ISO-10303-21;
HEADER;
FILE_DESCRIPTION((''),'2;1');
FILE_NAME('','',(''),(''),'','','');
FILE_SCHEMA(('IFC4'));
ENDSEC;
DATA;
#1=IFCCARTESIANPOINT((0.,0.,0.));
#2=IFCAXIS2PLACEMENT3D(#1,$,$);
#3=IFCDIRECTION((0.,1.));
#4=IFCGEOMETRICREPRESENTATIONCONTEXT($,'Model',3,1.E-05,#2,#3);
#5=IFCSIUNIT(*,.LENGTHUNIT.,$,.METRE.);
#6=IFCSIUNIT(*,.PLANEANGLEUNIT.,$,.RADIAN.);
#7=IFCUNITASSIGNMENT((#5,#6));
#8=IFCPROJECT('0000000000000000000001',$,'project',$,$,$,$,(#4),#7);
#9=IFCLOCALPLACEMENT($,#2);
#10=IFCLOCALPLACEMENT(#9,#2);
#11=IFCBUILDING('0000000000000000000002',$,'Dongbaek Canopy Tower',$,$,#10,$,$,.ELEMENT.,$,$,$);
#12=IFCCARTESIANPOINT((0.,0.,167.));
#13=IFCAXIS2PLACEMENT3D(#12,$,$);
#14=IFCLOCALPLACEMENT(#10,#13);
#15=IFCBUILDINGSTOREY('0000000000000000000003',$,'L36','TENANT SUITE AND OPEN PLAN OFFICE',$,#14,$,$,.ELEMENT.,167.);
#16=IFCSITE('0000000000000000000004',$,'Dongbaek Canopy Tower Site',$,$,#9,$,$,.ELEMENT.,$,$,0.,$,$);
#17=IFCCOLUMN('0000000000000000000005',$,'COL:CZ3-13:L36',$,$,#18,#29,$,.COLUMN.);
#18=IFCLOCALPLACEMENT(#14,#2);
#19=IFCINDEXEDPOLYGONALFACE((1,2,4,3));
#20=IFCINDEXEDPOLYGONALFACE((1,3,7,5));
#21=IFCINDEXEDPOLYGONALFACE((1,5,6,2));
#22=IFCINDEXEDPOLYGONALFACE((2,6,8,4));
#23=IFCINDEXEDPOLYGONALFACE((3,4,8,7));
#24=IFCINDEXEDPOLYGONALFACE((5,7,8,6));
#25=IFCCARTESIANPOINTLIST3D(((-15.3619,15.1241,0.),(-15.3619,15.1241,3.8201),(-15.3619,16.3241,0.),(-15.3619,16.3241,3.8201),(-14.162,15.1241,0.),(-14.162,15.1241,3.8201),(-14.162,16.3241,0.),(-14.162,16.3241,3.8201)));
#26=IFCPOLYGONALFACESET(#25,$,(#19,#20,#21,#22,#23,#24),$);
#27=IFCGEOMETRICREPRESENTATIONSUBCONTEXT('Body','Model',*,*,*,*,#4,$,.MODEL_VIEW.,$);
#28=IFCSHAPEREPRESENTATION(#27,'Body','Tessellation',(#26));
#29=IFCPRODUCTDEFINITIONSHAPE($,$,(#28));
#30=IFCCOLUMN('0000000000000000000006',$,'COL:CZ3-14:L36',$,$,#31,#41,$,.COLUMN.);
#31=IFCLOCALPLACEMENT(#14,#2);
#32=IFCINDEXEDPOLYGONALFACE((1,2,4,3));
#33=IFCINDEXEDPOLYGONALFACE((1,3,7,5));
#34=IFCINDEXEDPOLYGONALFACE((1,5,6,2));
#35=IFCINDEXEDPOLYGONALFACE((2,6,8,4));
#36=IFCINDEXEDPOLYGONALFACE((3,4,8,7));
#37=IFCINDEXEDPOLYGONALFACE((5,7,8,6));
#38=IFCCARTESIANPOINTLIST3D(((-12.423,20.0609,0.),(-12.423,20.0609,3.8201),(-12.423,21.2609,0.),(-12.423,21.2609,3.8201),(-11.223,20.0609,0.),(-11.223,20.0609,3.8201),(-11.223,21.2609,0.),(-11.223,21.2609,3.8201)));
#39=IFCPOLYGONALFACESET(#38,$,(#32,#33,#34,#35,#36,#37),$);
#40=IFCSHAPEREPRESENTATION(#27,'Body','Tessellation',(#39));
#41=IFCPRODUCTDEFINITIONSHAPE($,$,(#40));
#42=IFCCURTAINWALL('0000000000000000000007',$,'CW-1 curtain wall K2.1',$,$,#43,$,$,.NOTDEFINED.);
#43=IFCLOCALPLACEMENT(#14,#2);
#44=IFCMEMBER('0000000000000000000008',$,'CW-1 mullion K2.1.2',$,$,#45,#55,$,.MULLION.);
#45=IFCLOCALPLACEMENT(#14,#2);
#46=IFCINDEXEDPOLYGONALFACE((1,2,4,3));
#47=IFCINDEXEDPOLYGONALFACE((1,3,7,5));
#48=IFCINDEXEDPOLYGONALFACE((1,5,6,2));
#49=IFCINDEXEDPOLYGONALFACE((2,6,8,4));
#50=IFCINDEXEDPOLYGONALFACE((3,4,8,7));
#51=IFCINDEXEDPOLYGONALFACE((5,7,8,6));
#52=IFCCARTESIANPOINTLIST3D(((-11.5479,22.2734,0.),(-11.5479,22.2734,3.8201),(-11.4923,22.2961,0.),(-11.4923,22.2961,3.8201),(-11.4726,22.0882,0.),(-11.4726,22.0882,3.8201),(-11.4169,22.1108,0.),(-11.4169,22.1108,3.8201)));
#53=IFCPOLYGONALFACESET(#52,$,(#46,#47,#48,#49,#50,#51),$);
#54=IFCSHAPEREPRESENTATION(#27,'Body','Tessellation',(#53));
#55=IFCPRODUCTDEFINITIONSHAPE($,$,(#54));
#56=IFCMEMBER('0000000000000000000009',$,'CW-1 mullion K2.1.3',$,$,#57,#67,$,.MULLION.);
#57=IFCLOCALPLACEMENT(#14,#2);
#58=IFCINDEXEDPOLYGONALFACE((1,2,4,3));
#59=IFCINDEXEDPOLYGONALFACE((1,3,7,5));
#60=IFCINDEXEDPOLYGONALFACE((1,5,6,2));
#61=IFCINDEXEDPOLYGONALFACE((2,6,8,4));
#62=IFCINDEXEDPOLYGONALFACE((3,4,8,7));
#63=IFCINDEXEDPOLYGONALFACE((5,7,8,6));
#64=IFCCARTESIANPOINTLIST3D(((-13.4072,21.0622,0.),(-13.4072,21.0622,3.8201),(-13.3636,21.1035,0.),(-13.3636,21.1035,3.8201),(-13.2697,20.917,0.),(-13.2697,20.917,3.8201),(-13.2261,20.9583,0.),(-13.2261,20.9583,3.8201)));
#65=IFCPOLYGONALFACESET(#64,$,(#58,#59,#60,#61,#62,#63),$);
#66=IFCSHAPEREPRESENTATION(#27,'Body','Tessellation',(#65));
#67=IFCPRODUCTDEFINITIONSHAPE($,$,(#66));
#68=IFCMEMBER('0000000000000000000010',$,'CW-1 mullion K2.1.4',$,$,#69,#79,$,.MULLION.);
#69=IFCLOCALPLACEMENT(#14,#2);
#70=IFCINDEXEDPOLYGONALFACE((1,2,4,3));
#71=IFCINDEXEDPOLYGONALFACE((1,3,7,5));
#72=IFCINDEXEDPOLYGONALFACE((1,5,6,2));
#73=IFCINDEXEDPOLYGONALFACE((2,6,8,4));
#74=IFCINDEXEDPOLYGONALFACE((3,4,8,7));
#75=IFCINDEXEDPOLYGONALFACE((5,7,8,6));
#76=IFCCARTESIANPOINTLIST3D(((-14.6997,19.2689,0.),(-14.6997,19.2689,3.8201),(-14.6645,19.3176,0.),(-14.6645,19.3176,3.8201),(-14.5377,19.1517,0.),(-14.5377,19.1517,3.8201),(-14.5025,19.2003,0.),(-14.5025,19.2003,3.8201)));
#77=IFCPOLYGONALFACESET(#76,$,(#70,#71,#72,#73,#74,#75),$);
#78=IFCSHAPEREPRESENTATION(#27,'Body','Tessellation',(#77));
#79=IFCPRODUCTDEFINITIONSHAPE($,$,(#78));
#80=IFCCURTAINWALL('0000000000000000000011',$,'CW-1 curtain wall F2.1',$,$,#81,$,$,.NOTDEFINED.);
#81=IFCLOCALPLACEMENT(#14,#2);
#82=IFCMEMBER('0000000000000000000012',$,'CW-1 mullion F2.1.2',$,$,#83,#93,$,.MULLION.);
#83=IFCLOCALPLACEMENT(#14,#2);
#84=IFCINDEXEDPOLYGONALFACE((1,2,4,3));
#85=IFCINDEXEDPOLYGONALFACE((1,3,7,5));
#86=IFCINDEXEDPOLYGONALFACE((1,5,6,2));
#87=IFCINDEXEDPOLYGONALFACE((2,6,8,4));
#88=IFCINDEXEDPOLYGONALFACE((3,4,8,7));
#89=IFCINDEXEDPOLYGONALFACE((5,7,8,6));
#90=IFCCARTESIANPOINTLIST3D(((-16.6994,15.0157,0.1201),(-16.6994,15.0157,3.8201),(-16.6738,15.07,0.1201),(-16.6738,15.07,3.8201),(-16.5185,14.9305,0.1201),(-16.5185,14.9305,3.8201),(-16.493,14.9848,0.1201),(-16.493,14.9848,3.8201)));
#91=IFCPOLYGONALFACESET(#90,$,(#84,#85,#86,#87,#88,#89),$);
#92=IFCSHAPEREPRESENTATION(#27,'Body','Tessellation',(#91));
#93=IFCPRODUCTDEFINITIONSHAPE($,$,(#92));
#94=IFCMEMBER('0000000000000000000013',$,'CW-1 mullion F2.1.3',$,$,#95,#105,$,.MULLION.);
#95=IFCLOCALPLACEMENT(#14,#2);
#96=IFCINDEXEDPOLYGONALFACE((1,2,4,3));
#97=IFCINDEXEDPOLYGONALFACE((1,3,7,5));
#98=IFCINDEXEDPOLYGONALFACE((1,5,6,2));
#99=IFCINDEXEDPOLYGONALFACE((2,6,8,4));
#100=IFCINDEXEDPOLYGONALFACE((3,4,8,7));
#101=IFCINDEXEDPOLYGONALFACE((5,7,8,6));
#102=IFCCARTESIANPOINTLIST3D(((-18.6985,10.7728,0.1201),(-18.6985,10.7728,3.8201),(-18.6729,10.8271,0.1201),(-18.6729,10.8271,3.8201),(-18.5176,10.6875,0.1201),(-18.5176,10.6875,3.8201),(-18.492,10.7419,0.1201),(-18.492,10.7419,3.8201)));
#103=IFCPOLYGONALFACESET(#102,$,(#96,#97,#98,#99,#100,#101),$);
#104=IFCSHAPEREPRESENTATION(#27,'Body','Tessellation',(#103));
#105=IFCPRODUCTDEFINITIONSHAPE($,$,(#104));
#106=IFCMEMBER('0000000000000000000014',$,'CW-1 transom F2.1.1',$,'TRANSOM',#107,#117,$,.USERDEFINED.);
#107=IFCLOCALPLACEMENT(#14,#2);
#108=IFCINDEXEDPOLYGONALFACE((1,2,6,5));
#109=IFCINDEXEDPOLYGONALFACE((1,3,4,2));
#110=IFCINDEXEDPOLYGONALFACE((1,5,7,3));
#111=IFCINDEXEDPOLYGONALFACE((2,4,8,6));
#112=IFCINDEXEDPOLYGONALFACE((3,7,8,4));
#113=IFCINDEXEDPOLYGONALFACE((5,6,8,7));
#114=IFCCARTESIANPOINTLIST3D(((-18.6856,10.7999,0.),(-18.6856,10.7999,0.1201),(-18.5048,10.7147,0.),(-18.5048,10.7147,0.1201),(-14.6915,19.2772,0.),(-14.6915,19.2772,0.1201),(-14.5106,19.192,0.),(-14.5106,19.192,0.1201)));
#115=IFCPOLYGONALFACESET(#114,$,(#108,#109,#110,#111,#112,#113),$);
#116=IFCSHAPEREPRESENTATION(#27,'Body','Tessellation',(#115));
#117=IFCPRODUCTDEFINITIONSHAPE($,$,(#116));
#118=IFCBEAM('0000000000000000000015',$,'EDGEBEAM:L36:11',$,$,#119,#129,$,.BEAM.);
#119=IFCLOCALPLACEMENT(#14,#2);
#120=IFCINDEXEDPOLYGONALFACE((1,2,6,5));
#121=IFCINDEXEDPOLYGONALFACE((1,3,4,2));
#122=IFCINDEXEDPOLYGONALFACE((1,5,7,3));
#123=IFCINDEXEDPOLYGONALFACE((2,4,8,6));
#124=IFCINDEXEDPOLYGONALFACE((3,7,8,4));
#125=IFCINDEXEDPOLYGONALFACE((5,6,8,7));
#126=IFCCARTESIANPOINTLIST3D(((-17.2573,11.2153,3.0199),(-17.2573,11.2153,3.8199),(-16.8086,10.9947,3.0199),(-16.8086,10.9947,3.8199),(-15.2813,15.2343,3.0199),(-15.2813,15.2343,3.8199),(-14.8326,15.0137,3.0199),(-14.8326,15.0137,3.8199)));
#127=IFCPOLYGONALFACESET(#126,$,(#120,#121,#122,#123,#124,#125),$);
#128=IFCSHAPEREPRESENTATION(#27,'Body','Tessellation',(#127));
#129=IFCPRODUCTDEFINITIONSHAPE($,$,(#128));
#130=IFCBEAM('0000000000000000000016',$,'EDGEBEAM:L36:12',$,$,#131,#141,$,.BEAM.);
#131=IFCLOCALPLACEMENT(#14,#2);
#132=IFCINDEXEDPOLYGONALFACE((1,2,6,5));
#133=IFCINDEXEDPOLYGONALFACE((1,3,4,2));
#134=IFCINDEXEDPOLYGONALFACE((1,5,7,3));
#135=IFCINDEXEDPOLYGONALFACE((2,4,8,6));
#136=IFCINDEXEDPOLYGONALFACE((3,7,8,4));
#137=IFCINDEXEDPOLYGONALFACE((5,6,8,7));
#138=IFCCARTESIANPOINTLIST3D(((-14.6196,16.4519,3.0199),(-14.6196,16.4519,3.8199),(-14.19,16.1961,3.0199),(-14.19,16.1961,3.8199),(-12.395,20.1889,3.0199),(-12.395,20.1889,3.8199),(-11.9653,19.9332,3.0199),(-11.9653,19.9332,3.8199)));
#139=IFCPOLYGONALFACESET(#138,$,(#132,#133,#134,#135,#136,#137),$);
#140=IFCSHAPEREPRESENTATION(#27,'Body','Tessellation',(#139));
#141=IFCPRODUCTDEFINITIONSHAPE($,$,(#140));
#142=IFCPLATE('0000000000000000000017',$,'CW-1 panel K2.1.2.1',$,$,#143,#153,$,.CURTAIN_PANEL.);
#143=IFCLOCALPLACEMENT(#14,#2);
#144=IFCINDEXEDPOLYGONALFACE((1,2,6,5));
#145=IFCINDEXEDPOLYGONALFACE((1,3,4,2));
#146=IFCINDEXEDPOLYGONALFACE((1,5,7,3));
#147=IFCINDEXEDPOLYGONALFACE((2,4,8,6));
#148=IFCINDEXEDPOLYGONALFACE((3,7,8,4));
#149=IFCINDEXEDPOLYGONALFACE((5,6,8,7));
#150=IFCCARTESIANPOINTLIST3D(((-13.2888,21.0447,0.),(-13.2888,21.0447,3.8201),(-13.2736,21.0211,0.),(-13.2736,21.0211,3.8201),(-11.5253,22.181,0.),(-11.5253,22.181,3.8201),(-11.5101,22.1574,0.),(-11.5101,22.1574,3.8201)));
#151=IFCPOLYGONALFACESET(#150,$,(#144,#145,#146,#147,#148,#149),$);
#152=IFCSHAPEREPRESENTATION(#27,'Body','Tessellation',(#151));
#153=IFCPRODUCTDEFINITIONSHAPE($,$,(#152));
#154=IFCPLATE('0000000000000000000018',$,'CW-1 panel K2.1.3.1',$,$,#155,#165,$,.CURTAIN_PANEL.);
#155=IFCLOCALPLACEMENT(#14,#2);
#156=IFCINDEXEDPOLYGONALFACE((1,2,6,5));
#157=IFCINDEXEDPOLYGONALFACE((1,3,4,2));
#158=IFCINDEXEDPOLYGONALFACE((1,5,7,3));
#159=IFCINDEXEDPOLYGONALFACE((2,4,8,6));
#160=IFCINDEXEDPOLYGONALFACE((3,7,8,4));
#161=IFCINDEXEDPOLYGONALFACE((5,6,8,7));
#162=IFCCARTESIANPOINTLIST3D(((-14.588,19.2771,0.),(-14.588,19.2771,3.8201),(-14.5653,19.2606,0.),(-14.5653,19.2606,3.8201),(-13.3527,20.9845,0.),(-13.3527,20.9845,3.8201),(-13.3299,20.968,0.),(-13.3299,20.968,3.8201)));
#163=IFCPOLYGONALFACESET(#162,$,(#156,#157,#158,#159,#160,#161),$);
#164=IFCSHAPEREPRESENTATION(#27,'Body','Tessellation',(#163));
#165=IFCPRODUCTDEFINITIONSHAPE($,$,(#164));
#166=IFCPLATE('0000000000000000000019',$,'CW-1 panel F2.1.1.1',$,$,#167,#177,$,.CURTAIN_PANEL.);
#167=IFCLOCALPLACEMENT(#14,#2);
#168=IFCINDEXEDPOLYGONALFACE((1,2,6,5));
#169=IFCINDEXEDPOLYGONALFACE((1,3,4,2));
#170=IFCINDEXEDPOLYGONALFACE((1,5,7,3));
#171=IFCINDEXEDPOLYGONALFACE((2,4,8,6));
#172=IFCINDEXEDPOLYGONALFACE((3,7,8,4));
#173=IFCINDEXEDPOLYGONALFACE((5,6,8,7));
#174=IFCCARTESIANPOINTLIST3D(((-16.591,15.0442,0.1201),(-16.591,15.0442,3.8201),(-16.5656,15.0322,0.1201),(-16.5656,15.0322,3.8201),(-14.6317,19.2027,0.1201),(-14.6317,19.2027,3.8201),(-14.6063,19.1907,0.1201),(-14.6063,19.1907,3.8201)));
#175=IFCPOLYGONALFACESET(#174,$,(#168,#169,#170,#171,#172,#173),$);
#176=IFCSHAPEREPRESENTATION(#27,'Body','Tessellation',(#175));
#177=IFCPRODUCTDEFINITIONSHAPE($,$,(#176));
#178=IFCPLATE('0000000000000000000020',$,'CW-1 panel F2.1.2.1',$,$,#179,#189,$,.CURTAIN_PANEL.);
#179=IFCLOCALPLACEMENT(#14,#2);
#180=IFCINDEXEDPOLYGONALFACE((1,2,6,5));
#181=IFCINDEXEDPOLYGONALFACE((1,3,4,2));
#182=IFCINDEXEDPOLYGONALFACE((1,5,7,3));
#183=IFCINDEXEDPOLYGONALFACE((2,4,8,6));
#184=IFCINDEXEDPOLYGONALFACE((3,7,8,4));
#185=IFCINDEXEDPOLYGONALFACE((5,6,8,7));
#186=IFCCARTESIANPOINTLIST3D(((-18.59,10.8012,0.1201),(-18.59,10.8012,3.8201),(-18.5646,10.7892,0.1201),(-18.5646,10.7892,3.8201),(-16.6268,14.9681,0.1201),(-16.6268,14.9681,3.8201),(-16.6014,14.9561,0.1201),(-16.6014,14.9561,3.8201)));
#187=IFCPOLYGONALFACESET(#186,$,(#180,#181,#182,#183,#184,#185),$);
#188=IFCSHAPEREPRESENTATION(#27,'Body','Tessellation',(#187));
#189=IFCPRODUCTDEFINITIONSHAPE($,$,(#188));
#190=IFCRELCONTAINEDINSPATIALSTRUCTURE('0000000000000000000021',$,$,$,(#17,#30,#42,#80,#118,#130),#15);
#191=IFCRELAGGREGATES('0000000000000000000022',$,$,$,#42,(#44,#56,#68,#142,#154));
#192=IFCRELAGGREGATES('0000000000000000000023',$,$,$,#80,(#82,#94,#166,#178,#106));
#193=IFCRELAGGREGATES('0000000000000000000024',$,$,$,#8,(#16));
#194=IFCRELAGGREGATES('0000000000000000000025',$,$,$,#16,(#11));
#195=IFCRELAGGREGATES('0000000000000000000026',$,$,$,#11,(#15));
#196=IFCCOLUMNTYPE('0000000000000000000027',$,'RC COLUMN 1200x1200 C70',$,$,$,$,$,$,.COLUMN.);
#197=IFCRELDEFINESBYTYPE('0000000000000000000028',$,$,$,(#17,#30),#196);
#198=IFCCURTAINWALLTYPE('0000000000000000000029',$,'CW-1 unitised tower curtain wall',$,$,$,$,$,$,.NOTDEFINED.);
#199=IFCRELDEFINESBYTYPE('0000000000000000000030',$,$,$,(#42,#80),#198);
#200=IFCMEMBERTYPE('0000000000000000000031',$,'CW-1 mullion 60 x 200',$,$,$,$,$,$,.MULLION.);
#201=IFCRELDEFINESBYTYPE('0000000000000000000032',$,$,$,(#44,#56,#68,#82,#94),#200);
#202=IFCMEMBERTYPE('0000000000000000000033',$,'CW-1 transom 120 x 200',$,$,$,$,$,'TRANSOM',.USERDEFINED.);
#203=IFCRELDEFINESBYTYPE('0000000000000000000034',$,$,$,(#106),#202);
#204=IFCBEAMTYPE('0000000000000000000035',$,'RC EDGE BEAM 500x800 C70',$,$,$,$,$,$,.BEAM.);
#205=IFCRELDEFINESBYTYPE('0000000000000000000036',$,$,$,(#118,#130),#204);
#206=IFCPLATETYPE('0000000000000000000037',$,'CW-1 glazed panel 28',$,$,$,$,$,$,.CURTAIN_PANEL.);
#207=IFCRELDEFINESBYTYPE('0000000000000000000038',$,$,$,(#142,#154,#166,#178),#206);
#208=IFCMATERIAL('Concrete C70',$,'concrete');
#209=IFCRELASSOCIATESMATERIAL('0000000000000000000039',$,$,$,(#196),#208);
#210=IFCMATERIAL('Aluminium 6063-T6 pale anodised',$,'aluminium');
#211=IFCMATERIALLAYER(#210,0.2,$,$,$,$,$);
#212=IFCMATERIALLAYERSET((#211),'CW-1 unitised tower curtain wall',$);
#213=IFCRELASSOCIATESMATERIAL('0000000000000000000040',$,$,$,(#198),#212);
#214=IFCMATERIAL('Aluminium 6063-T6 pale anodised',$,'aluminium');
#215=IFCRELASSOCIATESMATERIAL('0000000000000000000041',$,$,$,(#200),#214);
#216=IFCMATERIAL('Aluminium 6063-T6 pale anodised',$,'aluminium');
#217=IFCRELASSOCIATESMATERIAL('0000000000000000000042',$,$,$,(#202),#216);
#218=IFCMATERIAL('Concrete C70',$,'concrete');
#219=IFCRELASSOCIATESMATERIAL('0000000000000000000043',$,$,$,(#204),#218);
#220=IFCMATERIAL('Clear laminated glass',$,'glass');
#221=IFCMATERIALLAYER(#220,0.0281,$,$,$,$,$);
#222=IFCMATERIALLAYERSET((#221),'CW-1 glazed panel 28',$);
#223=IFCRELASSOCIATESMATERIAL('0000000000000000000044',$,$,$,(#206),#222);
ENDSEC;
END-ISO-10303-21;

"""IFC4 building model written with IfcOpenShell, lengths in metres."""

from ifc_helpers import new_model, si_unit, direction, frame, origin, origin_2d, place, context, subcontext, project, spatial, rectangle, extrude, material, layer, layer_set, material_profile, profile_set, type_object, element, aggregate, save


model = new_model("IFC4")

# Units and contexts
model_context = context("Model", 3, precision=1e-05, world=origin(), true_north=direction((0.0, 1.0)))
body_context = subcontext(model_context, "Body", "Model", "MODEL_VIEW")
ifc_project = project(units=[si_unit("LENGTHUNIT", "METRE"), si_unit("PLANEANGLEUNIT", "RADIAN")], contexts=[model_context])

# Site, building, storey
site_placement = place(None, origin())
site = spatial("IfcSite", under=ifc_project, at=site_placement, Name="Dongbaek Canopy Tower Site", CompositionType="ELEMENT", RefElevation=0.0)
building_placement = place(site_placement, origin())
building = spatial("IfcBuilding", under=site, at=building_placement, Name="Dongbaek Canopy Tower", CompositionType="ELEMENT")
storey_placement = place(building_placement, frame((0.0, 0.0, 167.0)))
storey = spatial("IfcBuildingStorey", under=building, at=storey_placement, Name="L36", Description="TENANT SUITE AND OPEN PLAN OFFICE", CompositionType="ELEMENT", Elevation=167.0)

# Columns
ifc_material_1 = material(Name="Concrete C70", Category="concrete")
ifc_material_profile_1 = material_profile(ifc_material_1, rectangle(XDim=1.2, YDim=1.2, at=origin_2d()), Name="RC COLUMN 1200x1200 C70")
ifc_profile_set_1 = profile_set([ifc_material_profile_1], Name="Concrete C70")
column_type = type_object("IfcColumnType", Name="RC COLUMN 1200x1200 C70", PredefinedType="COLUMN", material=ifc_profile_set_1)
for number, where, z_axis, x_axis, name in (
    (1, (-14.762, 15.7241, 0.0), (0.0, 0.0, 1.0), (1.0, 0.0, 0.0), "COL:CZ3-13:L36"),
    (2, (-11.823, 20.6609, 0.0), (0.0, 0.0, 1.0), (1.0, 0.0, 0.0), "COL:CZ3-14:L36"),
):
    element("IfcColumn", number, at=place(storey_placement, frame(where, z_axis=z_axis, x_axis=x_axis)), inside=storey, type_object=column_type, Name=name, PredefinedType="COLUMN", context=body_context, shape_type="SweptSolid", body=[
        extrude(rectangle(XDim=1.2, YDim=1.2, at=origin_2d()), origin(), (0.0, 0.0, 1.0), 3.8201),
    ])

# Curtain walls, members
ifc_material_2 = material(Name="Aluminium 6063-T6 pale anodised", Category="aluminium")
ifc_layer_1 = layer(ifc_material_2, 0.2)
ifc_layer_set_1 = layer_set([ifc_layer_1], Name="CW-1 unitised tower curtain wall")
curtain_wall_type = type_object("IfcCurtainWallType", Name="CW-1 unitised tower curtain wall", PredefinedType="NOTDEFINED", material=ifc_layer_set_1)
curtain_wall_1_placement = place(storey_placement, origin())
curtain_wall_1 = element("IfcCurtainWall", 3, at=curtain_wall_1_placement, inside=storey, type_object=curtain_wall_type, Name="CW-1 curtain wall K2.1", PredefinedType="NOTDEFINED")
ifc_material_3 = material(Name="Aluminium 6063-T6 pale anodised", Category="aluminium")
ifc_material_profile_2 = material_profile(ifc_material_3, rectangle(XDim=0.2, YDim=0.0601, at=origin_2d()), Name="CW-1 mullion 60 x 200")
ifc_profile_set_2 = profile_set([ifc_material_profile_2], Name="Aluminium 6063-T6 pale anodised")
member_type_1 = type_object("IfcMemberType", Name="CW-1 mullion 60 x 200", PredefinedType="MULLION", material=ifc_profile_set_2)
member_1_placement = place(storey_placement, frame((-11.4824, 22.1921, 0.0), z_axis=(0.0, 0.0, 1.0), x_axis=(-0.376812, 0.92629, 0.0)))
member_1 = element("IfcMember", 4, at=member_1_placement, type_object=member_type_1, Name="CW-1 mullion K2.1.2", PredefinedType="MULLION", context=body_context, shape_type="SweptSolid", body=[
    extrude(rectangle(XDim=0.2, YDim=0.0601, at=origin_2d()), origin(), (0.0, 0.0, 1.0), 3.8201),
])
member_2_placement = place(storey_placement, frame((-13.3167, 21.0103, 0.0), z_axis=(0.0, 0.0, 1.0), x_axis=(-0.68778, 0.725919, 0.0)))
member_2 = element("IfcMember", 5, at=member_2_placement, type_object=member_type_1, Name="CW-1 mullion K2.1.3", PredefinedType="MULLION", context=body_context, shape_type="SweptSolid", body=[
    extrude(rectangle(XDim=0.2, YDim=0.0601, at=origin_2d()), origin(), (0.0, 0.0, 1.0), 3.8201),
])
member_3_placement = place(storey_placement, frame((-14.6011, 19.2346, 0.0), z_axis=(0.0, 0.0, 1.0), x_axis=(-0.810183, 0.586178, 0.0)))
member_3 = element("IfcMember", 6, at=member_3_placement, type_object=member_type_1, Name="CW-1 mullion K2.1.4", PredefinedType="MULLION", context=body_context, shape_type="SweptSolid", body=[
    extrude(rectangle(XDim=0.2, YDim=0.0601, at=origin_2d()), origin(), (0.0, 0.0, 1.0), 3.8201),
])
curtain_wall_2_placement = place(storey_placement, origin())
curtain_wall_2 = element("IfcCurtainWall", 7, at=curtain_wall_2_placement, inside=storey, type_object=curtain_wall_type, Name="CW-1 curtain wall F2.1", PredefinedType="NOTDEFINED")
member_4_placement = place(storey_placement, frame((-16.5962, 15.0002, 0.1201), z_axis=(0.0, 0.0, 1.0), x_axis=(-0.904626, 0.426207, 0.0)))
member_4 = element("IfcMember", 8, at=member_4_placement, type_object=member_type_1, Name="CW-1 mullion F2.1.2", PredefinedType="MULLION", context=body_context, shape_type="SweptSolid", body=[
    extrude(rectangle(XDim=0.2, YDim=0.0601, at=origin_2d()), origin(), (0.0, 0.0, 1.0), 3.7),
])
member_5_placement = place(storey_placement, frame((-18.5952, 10.7573, 0.1201), z_axis=(0.0, 0.0, 1.0), x_axis=(-0.904626, 0.426207, 0.0)))
member_5 = element("IfcMember", 9, at=member_5_placement, type_object=member_type_1, Name="CW-1 mullion F2.1.3", PredefinedType="MULLION", context=body_context, shape_type="SweptSolid", body=[
    extrude(rectangle(XDim=0.2, YDim=0.0601, at=origin_2d()), origin(), (0.0, 0.0, 1.0), 3.7),
])
ifc_material_4 = material(Name="Aluminium 6063-T6 pale anodised", Category="aluminium")
ifc_material_profile_3 = material_profile(ifc_material_4, rectangle(XDim=0.2, YDim=0.1201, at=origin_2d()), Name="CW-1 transom 120 x 200")
ifc_profile_set_3 = profile_set([ifc_material_profile_3], Name="Aluminium 6063-T6 pale anodised")
member_type_2 = type_object("IfcMemberType", Name="CW-1 transom 120 x 200", ElementType="TRANSOM", PredefinedType="USERDEFINED", material=ifc_profile_set_3)
member_6_placement = place(storey_placement, frame((-14.6011, 19.2346, 0.0601), z_axis=(-0.426219, -0.90462, 0.0), x_axis=(0.90462, -0.426219, 0.0)))
member_6 = element("IfcMember", 10, at=member_6_placement, type_object=member_type_2, Name="CW-1 transom F2.1.1", ObjectType="TRANSOM", PredefinedType="USERDEFINED", context=body_context, shape_type="SweptSolid", body=[
    extrude(rectangle(XDim=0.2, YDim=0.1201, at=origin_2d()), origin(), (0.0, 0.0, 1.0), 9.3711),
])

# Beams
ifc_material_5 = material(Name="Concrete C70", Category="concrete")
ifc_material_profile_4 = material_profile(ifc_material_5, rectangle(XDim=0.5, YDim=0.8, at=origin_2d()), Name="RC EDGE BEAM 500x800 C70")
ifc_profile_set_4 = profile_set([ifc_material_profile_4], Name="Concrete C70")
beam_type = type_object("IfcBeamType", Name="RC EDGE BEAM 500x800 C70", PredefinedType="BEAM", material=ifc_profile_set_4)
beam_1_placement = place(storey_placement, frame((-17.033, 11.105, 3.4199), z_axis=(0.441229, 0.897395, 0.0), x_axis=(-0.897395, 0.441229, 0.0)))
element("IfcBeam", 11, at=beam_1_placement, inside=storey, type_object=beam_type, Name="EDGEBEAM:L36:11", PredefinedType="BEAM", context=body_context, shape_type="SweptSolid", body=[
    extrude(rectangle(XDim=0.5, YDim=0.8, at=origin_2d()), origin(), (0.0, 0.0, 1.0), 4.4785),
])
beam_2_placement = place(storey_placement, frame((-14.4048, 16.324, 3.4199), z_axis=(0.511512, 0.859276, 0.0), x_axis=(-0.859276, 0.511512, 0.0)))
element("IfcBeam", 12, at=beam_2_placement, inside=storey, type_object=beam_type, Name="EDGEBEAM:L36:12", PredefinedType="BEAM", context=body_context, shape_type="SweptSolid", body=[
    extrude(rectangle(XDim=0.5, YDim=0.8, at=origin_2d()), origin(), (0.0, 0.0, 1.0), 4.3491),
])

# Plates
ifc_material_6 = material(Name="Clear laminated glass", Category="glass")
ifc_layer_2 = layer(ifc_material_6, 0.0281)
ifc_layer_set_2 = layer_set([ifc_layer_2], Name="CW-1 glazed panel 28")
plate_type = type_object("IfcPlateType", Name="CW-1 glazed panel 28", PredefinedType="CURTAIN_PANEL", material=ifc_layer_set_2)
plate_1_placement = place(storey_placement, frame((-12.3994, 21.6011, 0.0), z_axis=(0.0, 0.0, 1.0), x_axis=(-0.840609, -0.541642, 0.0)))
plate_1 = element("IfcPlate", 13, at=plate_1_placement, type_object=plate_type, Name="CW-1 panel K2.1.2.1", PredefinedType="CURTAIN_PANEL", context=body_context, shape_type="SweptSolid", body=[
    extrude(rectangle(XDim=2.0979, YDim=0.0281, at=origin_2d()), origin(), (0.0, 0.0, 1.0), 3.8201),
])
plate_2_placement = place(storey_placement, frame((-13.959, 20.1226, 0.0), z_axis=(0.0, 0.0, 1.0), x_axis=(-0.586178, -0.810183, 0.0)))
plate_2 = element("IfcPlate", 14, at=plate_2_placement, type_object=plate_type, Name="CW-1 panel K2.1.3.1", PredefinedType="CURTAIN_PANEL", context=body_context, shape_type="SweptSolid", body=[
    extrude(rectangle(XDim=2.1074, YDim=0.0281, at=origin_2d()), origin(), (0.0, 0.0, 1.0), 3.8201),
])
aggregate(curtain_wall_1, [member_1, member_2, member_3, plate_1, plate_2])
plate_3_placement = place(storey_placement, frame((-15.5986, 17.1174, 0.1201), z_axis=(0.0, 0.0, 1.0), x_axis=(-0.426207, -0.904626, 0.0)))
plate_3 = element("IfcPlate", 15, at=plate_3_placement, type_object=plate_type, Name="CW-1 panel F2.1.1.1", PredefinedType="CURTAIN_PANEL", context=body_context, shape_type="SweptSolid", body=[
    extrude(rectangle(XDim=4.5969, YDim=0.0281, at=origin_2d()), origin(), (0.0, 0.0, 1.0), 3.7),
])
plate_4_placement = place(storey_placement, frame((-17.5957, 12.8787, 0.1201), z_axis=(0.0, 0.0, 1.0), x_axis=(-0.426207, -0.904626, 0.0)))
plate_4 = element("IfcPlate", 16, at=plate_4_placement, type_object=plate_type, Name="CW-1 panel F2.1.2.1", PredefinedType="CURTAIN_PANEL", context=body_context, shape_type="SweptSolid", body=[
    extrude(rectangle(XDim=4.6062, YDim=0.0281, at=origin_2d()), origin(), (0.0, 0.0, 1.0), 3.7),
])

aggregate(curtain_wall_2, [member_4, member_5, plate_3, plate_4, member_6])

save(model, "model.ifc")
